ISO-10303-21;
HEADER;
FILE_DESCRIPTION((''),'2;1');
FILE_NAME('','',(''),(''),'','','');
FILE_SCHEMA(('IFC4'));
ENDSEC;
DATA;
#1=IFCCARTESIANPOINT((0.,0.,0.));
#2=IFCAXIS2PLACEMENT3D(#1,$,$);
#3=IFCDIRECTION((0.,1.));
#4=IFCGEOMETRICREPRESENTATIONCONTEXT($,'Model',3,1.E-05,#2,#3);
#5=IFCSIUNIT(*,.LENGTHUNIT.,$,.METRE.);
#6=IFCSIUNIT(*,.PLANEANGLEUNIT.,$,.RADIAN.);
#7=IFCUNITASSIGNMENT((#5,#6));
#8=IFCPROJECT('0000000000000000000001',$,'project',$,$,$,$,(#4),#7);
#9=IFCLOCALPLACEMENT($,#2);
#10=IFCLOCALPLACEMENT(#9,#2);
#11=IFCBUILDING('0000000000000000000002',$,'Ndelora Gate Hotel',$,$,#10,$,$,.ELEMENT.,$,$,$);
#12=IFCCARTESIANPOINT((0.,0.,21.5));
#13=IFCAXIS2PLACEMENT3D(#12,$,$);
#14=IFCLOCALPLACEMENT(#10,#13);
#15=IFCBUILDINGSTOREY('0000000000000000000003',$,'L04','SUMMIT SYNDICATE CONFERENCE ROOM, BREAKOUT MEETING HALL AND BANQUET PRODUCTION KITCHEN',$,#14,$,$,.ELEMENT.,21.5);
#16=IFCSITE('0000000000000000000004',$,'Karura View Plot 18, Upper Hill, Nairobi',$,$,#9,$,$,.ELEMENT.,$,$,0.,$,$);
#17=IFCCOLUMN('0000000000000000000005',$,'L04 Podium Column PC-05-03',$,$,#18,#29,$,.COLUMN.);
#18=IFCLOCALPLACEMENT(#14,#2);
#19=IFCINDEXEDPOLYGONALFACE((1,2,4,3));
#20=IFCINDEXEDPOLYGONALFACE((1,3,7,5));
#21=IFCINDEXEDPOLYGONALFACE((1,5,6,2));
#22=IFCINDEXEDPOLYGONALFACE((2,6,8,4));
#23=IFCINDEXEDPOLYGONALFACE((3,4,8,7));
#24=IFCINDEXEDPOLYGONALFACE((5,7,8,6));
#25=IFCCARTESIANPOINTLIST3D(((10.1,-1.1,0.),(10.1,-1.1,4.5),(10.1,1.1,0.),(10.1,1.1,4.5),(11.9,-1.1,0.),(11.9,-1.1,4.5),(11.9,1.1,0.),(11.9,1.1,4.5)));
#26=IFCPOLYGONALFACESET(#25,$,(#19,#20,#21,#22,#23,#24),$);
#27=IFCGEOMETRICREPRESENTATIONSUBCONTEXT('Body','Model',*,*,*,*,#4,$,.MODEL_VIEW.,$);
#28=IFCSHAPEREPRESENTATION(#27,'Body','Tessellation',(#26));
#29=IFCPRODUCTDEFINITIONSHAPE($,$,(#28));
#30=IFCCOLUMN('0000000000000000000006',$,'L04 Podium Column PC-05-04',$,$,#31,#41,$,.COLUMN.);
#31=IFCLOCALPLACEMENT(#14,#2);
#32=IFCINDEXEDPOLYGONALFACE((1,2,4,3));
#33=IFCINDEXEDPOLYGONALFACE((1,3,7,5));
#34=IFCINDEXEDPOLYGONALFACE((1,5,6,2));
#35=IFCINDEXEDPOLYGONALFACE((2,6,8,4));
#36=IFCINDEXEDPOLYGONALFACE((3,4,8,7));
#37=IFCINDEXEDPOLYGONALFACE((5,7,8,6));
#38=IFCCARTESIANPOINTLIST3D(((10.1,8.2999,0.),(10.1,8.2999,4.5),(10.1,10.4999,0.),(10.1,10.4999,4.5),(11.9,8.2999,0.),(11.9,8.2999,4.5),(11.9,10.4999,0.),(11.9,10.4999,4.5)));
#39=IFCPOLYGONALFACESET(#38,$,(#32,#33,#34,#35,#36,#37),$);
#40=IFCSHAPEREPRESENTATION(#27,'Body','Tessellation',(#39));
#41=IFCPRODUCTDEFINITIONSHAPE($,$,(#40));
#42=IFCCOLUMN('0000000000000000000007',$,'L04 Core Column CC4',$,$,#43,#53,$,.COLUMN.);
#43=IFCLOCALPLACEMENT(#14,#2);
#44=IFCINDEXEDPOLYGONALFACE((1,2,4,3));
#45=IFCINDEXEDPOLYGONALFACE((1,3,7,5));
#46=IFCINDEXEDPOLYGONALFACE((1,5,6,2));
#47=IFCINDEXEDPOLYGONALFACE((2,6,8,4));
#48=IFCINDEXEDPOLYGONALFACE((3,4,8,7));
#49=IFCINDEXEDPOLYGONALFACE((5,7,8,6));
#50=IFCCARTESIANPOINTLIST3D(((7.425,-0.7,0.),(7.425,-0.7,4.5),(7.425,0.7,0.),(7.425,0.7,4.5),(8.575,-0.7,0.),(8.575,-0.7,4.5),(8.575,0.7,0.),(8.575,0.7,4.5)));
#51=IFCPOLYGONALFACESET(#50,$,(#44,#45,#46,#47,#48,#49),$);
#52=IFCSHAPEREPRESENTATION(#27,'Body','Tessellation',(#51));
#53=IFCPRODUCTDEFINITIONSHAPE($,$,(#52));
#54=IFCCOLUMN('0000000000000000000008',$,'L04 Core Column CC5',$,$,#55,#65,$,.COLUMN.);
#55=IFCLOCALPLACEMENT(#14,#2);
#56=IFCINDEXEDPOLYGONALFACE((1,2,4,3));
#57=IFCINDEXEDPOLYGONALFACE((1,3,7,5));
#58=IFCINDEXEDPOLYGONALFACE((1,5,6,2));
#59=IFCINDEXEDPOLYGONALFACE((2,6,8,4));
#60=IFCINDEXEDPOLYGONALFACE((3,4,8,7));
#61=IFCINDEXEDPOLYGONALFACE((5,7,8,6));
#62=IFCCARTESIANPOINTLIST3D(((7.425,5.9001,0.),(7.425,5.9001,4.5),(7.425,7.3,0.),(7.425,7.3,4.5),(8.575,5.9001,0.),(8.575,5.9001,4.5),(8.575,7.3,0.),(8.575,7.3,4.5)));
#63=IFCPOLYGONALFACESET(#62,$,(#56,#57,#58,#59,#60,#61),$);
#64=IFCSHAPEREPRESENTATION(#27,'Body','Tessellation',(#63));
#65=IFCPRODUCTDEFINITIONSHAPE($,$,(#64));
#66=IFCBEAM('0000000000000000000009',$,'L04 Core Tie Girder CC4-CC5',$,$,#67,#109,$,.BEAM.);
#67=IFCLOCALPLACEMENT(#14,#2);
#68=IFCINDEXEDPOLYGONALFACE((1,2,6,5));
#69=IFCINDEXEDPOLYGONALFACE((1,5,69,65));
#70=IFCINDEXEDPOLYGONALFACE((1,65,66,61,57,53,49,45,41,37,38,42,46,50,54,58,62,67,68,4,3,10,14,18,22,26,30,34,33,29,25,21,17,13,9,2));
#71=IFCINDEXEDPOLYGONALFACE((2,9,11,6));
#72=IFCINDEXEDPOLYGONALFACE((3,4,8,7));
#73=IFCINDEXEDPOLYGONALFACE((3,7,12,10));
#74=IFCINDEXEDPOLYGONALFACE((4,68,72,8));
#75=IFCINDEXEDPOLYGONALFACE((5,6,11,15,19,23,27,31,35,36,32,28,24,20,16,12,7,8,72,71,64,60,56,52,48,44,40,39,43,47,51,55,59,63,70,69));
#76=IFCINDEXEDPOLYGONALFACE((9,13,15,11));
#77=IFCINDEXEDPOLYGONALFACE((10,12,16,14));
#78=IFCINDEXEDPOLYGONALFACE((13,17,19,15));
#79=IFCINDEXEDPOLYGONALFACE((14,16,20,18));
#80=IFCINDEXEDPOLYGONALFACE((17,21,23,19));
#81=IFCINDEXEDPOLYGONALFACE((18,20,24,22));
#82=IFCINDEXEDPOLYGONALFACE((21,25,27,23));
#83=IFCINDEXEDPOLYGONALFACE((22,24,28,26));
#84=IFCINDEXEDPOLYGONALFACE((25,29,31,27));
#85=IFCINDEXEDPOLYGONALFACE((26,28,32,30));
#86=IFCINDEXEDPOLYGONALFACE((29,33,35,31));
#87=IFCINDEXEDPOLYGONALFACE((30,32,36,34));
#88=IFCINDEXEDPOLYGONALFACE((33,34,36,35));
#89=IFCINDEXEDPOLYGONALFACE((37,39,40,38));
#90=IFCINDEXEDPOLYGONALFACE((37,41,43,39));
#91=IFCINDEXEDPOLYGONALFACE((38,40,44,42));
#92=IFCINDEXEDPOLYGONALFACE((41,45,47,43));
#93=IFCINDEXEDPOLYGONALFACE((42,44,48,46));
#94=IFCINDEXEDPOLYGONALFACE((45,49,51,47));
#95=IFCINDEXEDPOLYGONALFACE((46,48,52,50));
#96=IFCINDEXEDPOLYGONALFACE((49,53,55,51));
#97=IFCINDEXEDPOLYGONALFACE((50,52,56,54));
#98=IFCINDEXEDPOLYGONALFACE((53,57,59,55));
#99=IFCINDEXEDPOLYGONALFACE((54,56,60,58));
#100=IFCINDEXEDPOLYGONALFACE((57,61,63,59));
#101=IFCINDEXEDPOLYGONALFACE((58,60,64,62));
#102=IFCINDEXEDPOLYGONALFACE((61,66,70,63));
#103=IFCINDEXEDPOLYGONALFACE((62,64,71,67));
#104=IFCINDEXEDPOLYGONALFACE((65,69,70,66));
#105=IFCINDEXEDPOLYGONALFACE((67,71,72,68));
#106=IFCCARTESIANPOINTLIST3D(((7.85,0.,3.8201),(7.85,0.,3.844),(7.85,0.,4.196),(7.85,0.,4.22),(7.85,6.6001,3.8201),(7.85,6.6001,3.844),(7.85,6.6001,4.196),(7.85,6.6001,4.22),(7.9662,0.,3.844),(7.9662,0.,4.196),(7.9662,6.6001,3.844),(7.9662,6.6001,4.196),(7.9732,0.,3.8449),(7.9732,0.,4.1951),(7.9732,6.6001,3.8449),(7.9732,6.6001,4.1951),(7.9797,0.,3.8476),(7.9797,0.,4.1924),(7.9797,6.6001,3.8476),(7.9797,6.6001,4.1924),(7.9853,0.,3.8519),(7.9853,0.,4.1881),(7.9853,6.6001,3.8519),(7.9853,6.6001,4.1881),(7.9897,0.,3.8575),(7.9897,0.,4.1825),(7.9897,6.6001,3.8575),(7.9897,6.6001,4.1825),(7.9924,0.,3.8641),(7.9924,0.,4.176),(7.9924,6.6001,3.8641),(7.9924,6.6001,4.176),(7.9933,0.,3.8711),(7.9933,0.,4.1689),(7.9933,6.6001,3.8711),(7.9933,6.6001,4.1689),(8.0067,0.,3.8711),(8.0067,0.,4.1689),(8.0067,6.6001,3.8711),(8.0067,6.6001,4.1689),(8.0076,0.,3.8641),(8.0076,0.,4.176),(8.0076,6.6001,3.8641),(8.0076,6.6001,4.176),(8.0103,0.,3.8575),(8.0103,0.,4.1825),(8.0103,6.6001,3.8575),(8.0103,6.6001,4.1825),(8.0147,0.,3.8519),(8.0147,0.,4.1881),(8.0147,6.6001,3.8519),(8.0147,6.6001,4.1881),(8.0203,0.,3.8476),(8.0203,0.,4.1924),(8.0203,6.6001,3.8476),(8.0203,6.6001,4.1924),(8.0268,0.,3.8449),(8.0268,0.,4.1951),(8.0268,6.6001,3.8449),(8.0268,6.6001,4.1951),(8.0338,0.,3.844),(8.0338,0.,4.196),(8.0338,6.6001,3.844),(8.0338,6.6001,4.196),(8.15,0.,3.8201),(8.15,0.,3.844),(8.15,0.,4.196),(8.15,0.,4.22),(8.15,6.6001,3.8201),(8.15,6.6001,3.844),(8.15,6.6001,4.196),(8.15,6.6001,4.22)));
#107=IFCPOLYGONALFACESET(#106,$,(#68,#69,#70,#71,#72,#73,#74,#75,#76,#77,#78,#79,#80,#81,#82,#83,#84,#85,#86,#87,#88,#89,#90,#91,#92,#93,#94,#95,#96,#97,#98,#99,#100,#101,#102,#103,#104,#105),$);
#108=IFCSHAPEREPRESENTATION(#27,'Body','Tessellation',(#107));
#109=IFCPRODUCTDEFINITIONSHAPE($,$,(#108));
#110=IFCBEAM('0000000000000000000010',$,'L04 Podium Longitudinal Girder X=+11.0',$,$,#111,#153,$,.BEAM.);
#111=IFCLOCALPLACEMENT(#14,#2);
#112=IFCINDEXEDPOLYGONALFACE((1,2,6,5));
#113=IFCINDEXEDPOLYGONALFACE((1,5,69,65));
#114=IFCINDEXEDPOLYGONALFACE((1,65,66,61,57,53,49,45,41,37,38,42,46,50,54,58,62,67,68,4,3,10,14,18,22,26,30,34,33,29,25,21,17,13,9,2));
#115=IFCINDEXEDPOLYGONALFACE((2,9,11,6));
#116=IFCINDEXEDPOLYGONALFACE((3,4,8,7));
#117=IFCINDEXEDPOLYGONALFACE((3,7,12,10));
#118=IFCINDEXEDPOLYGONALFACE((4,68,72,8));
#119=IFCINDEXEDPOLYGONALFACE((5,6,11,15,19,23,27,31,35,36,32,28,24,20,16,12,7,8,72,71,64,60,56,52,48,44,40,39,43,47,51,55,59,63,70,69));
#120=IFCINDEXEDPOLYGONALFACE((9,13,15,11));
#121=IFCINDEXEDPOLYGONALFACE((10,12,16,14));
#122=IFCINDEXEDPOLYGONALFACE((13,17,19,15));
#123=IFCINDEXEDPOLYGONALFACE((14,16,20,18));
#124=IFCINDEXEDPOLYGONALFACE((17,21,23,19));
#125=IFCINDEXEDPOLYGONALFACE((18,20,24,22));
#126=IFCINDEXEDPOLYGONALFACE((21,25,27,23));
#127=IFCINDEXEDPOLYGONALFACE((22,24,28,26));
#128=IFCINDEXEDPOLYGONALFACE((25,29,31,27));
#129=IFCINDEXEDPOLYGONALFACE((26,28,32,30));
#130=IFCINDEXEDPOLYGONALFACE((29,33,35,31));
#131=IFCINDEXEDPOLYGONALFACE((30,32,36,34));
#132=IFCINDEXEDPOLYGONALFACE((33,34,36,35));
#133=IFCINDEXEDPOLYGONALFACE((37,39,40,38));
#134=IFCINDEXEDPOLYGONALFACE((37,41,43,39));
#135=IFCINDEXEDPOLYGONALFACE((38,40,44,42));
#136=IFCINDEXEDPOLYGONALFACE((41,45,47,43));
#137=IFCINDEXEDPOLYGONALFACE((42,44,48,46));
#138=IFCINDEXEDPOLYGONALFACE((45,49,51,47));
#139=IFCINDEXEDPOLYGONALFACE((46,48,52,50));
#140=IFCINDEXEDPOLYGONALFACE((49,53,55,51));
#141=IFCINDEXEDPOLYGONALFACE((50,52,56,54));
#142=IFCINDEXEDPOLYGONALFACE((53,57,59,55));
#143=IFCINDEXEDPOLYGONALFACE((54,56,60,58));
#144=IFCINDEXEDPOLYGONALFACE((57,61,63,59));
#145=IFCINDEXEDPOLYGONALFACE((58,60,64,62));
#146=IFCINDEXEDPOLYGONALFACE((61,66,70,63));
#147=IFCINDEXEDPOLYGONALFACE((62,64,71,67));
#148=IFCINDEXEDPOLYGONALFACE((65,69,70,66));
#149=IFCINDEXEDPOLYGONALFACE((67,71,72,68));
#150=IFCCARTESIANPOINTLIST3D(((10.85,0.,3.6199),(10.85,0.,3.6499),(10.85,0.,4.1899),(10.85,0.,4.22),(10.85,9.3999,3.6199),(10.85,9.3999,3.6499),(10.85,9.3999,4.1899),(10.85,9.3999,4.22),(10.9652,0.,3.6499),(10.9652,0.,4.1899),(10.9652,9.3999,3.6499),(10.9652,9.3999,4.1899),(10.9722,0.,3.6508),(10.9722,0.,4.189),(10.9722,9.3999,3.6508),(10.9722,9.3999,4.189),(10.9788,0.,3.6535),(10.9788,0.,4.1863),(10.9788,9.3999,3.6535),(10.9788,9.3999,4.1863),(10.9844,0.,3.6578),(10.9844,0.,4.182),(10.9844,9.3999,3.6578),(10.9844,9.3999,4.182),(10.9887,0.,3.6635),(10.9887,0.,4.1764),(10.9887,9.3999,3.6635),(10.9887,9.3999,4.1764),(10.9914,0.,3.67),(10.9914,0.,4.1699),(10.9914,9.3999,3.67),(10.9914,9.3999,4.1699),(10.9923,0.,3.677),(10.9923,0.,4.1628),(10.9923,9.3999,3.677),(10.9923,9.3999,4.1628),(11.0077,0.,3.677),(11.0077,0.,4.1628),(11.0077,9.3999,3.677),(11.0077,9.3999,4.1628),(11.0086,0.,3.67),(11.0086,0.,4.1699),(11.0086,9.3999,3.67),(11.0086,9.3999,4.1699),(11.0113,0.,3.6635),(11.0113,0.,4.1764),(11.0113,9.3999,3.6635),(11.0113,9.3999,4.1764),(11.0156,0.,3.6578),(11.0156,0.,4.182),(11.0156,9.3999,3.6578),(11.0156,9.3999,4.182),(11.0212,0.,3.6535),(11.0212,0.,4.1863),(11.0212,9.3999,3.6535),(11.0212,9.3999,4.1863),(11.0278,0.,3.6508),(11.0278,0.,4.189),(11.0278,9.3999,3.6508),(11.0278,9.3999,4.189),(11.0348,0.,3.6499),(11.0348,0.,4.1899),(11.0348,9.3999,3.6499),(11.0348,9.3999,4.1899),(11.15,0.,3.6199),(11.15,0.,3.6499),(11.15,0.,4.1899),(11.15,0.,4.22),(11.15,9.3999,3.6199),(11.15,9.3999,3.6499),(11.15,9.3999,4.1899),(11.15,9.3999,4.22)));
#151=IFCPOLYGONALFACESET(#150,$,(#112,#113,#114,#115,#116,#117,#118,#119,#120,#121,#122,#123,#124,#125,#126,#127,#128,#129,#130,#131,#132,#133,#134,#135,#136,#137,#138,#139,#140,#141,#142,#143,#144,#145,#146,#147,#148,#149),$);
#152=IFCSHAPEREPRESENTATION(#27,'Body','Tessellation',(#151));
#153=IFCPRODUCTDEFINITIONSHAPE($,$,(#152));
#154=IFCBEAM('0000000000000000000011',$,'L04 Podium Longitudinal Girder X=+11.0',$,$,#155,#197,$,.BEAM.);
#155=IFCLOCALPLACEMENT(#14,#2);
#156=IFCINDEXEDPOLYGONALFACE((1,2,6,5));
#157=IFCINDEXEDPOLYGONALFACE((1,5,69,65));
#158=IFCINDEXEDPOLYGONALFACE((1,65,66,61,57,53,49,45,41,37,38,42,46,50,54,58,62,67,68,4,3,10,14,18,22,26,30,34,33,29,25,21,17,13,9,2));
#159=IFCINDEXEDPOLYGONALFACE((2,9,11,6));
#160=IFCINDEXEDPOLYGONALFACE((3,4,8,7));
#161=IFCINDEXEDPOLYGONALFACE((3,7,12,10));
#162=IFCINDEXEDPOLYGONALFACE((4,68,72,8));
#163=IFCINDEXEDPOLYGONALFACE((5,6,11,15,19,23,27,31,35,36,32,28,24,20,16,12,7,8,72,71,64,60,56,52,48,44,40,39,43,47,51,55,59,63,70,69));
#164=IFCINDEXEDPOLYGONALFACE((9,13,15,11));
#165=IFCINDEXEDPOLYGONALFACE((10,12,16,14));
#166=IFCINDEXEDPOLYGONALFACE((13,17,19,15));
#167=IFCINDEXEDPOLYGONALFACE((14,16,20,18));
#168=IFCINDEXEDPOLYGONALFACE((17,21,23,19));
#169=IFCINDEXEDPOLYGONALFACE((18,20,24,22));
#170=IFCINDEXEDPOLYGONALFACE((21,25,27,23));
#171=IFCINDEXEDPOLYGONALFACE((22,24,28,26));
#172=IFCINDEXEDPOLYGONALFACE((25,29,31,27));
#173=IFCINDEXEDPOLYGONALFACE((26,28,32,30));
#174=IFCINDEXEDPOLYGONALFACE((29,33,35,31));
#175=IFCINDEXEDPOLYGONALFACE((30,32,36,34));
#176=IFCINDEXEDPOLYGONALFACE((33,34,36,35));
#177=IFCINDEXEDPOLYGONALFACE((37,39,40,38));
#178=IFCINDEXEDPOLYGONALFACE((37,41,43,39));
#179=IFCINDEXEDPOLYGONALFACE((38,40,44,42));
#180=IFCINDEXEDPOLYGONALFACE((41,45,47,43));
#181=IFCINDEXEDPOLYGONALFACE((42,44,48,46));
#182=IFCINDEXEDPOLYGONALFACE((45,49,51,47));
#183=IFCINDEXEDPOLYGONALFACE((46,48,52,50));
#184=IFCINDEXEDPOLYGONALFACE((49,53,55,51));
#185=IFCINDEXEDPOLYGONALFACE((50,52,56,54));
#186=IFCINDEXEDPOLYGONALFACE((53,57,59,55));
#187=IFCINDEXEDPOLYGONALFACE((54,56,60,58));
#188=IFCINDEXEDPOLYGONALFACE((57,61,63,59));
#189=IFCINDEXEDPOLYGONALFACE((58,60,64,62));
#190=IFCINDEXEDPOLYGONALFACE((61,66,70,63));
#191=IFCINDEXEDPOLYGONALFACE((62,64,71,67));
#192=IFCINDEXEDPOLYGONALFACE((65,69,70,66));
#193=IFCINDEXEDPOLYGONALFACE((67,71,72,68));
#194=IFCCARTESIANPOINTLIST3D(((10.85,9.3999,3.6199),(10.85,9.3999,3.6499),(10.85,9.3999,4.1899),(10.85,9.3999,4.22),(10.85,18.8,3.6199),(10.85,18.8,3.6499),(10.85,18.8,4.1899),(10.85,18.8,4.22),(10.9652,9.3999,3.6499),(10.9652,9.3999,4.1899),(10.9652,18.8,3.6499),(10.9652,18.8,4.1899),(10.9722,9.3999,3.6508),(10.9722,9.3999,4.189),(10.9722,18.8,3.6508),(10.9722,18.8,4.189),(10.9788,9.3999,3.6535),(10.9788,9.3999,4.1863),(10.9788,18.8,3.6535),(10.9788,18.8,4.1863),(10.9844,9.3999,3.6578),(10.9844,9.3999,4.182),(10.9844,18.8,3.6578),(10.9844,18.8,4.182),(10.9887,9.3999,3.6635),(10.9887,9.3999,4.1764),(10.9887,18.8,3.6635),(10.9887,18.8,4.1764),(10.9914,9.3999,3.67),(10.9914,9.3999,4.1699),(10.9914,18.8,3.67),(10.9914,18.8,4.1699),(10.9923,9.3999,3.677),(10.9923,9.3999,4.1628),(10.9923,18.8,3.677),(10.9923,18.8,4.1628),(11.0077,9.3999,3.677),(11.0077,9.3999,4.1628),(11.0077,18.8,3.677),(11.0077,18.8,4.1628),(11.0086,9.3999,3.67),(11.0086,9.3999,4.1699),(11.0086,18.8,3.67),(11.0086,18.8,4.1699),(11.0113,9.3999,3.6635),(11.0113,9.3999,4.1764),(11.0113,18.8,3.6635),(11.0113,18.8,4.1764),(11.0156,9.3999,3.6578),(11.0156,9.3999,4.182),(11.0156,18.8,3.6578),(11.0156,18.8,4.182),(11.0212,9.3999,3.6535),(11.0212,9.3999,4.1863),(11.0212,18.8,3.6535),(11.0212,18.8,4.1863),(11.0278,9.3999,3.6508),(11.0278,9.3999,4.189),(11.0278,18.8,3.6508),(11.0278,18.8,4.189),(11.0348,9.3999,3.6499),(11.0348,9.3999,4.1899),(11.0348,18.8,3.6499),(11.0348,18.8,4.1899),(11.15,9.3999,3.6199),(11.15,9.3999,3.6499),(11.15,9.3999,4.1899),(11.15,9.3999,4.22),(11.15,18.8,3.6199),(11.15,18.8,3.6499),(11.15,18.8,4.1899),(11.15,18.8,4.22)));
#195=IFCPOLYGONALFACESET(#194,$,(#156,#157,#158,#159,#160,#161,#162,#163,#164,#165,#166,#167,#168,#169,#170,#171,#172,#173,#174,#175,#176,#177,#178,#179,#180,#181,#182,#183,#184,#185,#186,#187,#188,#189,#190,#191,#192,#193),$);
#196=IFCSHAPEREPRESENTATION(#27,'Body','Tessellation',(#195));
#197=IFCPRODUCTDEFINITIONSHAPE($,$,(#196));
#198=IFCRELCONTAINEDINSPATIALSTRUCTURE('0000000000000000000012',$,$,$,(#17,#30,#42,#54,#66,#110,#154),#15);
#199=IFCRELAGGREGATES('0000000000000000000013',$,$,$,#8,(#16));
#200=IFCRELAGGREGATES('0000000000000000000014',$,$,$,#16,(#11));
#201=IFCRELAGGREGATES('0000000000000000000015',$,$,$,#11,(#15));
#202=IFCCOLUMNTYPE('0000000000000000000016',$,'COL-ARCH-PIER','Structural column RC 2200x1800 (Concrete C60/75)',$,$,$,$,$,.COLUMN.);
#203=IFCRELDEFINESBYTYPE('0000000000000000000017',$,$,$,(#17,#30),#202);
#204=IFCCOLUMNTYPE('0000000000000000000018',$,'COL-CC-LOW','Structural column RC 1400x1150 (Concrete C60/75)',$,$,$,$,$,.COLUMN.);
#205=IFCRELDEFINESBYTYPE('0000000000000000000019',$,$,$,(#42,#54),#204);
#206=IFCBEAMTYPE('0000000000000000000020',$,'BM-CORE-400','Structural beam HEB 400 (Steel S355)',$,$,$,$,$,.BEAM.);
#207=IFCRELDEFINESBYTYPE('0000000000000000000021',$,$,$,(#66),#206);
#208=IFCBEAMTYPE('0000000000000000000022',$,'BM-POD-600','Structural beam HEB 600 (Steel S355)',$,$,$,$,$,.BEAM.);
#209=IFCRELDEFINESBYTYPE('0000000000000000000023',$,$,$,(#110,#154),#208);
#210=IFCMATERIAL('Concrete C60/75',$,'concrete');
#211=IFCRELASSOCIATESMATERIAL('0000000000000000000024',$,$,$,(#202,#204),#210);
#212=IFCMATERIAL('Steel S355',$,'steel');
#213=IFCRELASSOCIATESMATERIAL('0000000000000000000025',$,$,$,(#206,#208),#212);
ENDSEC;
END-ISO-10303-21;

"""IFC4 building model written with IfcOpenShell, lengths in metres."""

from ifc_helpers import new_model, si_unit, direction, frame, origin, origin_2d, place, context, subcontext, project, spatial, rectangle, i_section, extrude, material, material_profile, profile_set, type_object, element, save


model = new_model("IFC4")

# Units and contexts
model_context = context("Model", 3, precision=1e-05, world=origin(), true_north=direction((0.0, 1.0)))
body_context = subcontext(model_context, "Body", "Model", "MODEL_VIEW")
ifc_project = project(units=[si_unit("LENGTHUNIT", "METRE"), si_unit("PLANEANGLEUNIT", "RADIAN")], contexts=[model_context])

# Site, building, storey
site_placement = place(None, origin())
site = spatial("IfcSite", under=ifc_project, at=site_placement, Name="Karura View Plot 18, Upper Hill, Nairobi", CompositionType="ELEMENT", RefElevation=0.0)
building_placement = place(site_placement, origin())
building = spatial("IfcBuilding", under=site, at=building_placement, Name="Ndelora Gate Hotel", CompositionType="ELEMENT")
storey_placement = place(building_placement, frame((0.0, 0.0, 21.5)))
storey = spatial("IfcBuildingStorey", under=building, at=storey_placement, Name="L04", Description="SUMMIT SYNDICATE CONFERENCE ROOM, BREAKOUT MEETING HALL AND BANQUET PRODUCTION KITCHEN", CompositionType="ELEMENT", Elevation=21.5)

# Columns
ifc_material_1 = material(Name="Concrete C60/75", Category="concrete")
ifc_material_profile_1 = material_profile(ifc_material_1, rectangle(XDim=1.8, YDim=2.2, at=origin_2d()), Name="RC 2200x1800")
ifc_profile_set_1 = profile_set([ifc_material_profile_1], Name="Concrete C60/75")
column_type_1 = type_object("IfcColumnType", Name="COL-ARCH-PIER", Description="Structural column RC 2200x1800 (Concrete C60/75)", PredefinedType="COLUMN", material=ifc_profile_set_1)
for number, where, z_axis, x_axis, name in (
    (1, (11.0, 0.0, 0.0), (0.0, 0.0, 1.0), (1.0, 0.0, 0.0), "L04 Podium Column PC-05-03"),
    (2, (11.0, 9.3999, 0.0), (0.0, 0.0, 1.0), (1.0, 0.0, 0.0), "L04 Podium Column PC-05-04"),
):
    element("IfcColumn", number, at=place(storey_placement, frame(where, z_axis=z_axis, x_axis=x_axis)), inside=storey, type_object=column_type_1, Name=name, PredefinedType="COLUMN", context=body_context, shape_type="SweptSolid", body=[
        extrude(rectangle(XDim=1.8, YDim=2.2, at=origin_2d()), origin(), (0.0, 0.0, 1.0), 4.5),
    ])
ifc_material_profile_2 = material_profile(ifc_material_1, rectangle(XDim=1.1499, YDim=1.3999, at=origin_2d()), Name="RC 1400x1150")
ifc_profile_set_2 = profile_set([ifc_material_profile_2], Name="Concrete C60/75")
column_type_2 = type_object("IfcColumnType", Name="COL-CC-LOW", Description="Structural column RC 1400x1150 (Concrete C60/75)", PredefinedType="COLUMN", material=ifc_profile_set_2)
for number, where, z_axis, x_axis, name in (
    (3, (8.0, 0.0, 0.0), (0.0, 0.0, 1.0), (1.0, 0.0, 0.0), "L04 Core Column CC4"),
    (4, (8.0, 6.6001, 0.0), (0.0, 0.0, 1.0), (1.0, 0.0, 0.0), "L04 Core Column CC5"),
):
    element("IfcColumn", number, at=place(storey_placement, frame(where, z_axis=z_axis, x_axis=x_axis)), inside=storey, type_object=column_type_2, Name=name, PredefinedType="COLUMN", context=body_context, shape_type="SweptSolid", body=[
        extrude(rectangle(XDim=1.1499, YDim=1.3999, at=origin_2d()), origin(), (0.0, 0.0, 1.0), 4.5),
    ])

# Beams
ifc_material_2 = material(Name="Steel S355", Category="steel")
ifc_material_profile_3 = material_profile(ifc_material_2, i_section(OverallWidth=0.3, OverallDepth=0.3999, WebThickness=0.0134, FlangeThickness=0.0239, FilletRadius=0.0271, at=origin_2d()), Name="HEB 400")
ifc_profile_set_3 = profile_set([ifc_material_profile_3], Name="Steel S355")
beam_type_1 = type_object("IfcBeamType", Name="BM-CORE-400", Description="Structural beam HEB 400 (Steel S355)", PredefinedType="BEAM", material=ifc_profile_set_3)
beam_1_placement = place(storey_placement, frame((8.0, 0.0, 4.02), z_axis=(0.0, 1.0, 0.0), x_axis=(-1.0, 0.0, 0.0)))
element("IfcBeam", 5, at=beam_1_placement, inside=storey, type_object=beam_type_1, Name="L04 Core Tie Girder CC4-CC5", PredefinedType="BEAM", context=body_context, shape_type="SweptSolid", body=[
    extrude(i_section(OverallWidth=0.3, OverallDepth=0.3999, WebThickness=0.0134, FlangeThickness=0.0239, FilletRadius=0.0271, at=origin_2d()), origin(), (0.0, 0.0, 1.0), 6.6001),
])
ifc_material_profile_4 = material_profile(ifc_material_2, i_section(OverallWidth=0.3, OverallDepth=0.6001, WebThickness=0.0154, FlangeThickness=0.03, FilletRadius=0.0271, at=origin_2d()), Name="HEB 600")
ifc_profile_set_4 = profile_set([ifc_material_profile_4], Name="Steel S355")
beam_type_2 = type_object("IfcBeamType", Name="BM-POD-600", Description="Structural beam HEB 600 (Steel S355)", PredefinedType="BEAM", material=ifc_profile_set_4)
beam_2_placement = place(storey_placement, frame((11.0, 0.0, 3.9199), z_axis=(0.0, 1.0, 0.0), x_axis=(-1.0, 0.0, 0.0)))
element("IfcBeam", 6, at=beam_2_placement, inside=storey, type_object=beam_type_2, Name="L04 Podium Longitudinal Girder X=+11.0", PredefinedType="BEAM", context=body_context, shape_type="SweptSolid", body=[
    extrude(i_section(OverallWidth=0.3, OverallDepth=0.6001, WebThickness=0.0154, FlangeThickness=0.03, FilletRadius=0.0271, at=origin_2d()), origin(), (0.0, 0.0, 1.0), 9.3999),
])
beam_3_placement = place(storey_placement, frame((11.0, 9.3999, 3.9199), z_axis=(0.0, 1.0, 0.0), x_axis=(-1.0, 0.0, 0.0)))
element("IfcBeam", 7, at=beam_3_placement, inside=storey, type_object=beam_type_2, Name="L04 Podium Longitudinal Girder X=+11.0", PredefinedType="BEAM", context=body_context, shape_type="SweptSolid", body=[
    extrude(i_section(OverallWidth=0.3, OverallDepth=0.6001, WebThickness=0.0154, FlangeThickness=0.03, FilletRadius=0.0271, at=origin_2d()), origin(), (0.0, 0.0, 1.0), 9.4001),
])

save(model, "model.ifc")
